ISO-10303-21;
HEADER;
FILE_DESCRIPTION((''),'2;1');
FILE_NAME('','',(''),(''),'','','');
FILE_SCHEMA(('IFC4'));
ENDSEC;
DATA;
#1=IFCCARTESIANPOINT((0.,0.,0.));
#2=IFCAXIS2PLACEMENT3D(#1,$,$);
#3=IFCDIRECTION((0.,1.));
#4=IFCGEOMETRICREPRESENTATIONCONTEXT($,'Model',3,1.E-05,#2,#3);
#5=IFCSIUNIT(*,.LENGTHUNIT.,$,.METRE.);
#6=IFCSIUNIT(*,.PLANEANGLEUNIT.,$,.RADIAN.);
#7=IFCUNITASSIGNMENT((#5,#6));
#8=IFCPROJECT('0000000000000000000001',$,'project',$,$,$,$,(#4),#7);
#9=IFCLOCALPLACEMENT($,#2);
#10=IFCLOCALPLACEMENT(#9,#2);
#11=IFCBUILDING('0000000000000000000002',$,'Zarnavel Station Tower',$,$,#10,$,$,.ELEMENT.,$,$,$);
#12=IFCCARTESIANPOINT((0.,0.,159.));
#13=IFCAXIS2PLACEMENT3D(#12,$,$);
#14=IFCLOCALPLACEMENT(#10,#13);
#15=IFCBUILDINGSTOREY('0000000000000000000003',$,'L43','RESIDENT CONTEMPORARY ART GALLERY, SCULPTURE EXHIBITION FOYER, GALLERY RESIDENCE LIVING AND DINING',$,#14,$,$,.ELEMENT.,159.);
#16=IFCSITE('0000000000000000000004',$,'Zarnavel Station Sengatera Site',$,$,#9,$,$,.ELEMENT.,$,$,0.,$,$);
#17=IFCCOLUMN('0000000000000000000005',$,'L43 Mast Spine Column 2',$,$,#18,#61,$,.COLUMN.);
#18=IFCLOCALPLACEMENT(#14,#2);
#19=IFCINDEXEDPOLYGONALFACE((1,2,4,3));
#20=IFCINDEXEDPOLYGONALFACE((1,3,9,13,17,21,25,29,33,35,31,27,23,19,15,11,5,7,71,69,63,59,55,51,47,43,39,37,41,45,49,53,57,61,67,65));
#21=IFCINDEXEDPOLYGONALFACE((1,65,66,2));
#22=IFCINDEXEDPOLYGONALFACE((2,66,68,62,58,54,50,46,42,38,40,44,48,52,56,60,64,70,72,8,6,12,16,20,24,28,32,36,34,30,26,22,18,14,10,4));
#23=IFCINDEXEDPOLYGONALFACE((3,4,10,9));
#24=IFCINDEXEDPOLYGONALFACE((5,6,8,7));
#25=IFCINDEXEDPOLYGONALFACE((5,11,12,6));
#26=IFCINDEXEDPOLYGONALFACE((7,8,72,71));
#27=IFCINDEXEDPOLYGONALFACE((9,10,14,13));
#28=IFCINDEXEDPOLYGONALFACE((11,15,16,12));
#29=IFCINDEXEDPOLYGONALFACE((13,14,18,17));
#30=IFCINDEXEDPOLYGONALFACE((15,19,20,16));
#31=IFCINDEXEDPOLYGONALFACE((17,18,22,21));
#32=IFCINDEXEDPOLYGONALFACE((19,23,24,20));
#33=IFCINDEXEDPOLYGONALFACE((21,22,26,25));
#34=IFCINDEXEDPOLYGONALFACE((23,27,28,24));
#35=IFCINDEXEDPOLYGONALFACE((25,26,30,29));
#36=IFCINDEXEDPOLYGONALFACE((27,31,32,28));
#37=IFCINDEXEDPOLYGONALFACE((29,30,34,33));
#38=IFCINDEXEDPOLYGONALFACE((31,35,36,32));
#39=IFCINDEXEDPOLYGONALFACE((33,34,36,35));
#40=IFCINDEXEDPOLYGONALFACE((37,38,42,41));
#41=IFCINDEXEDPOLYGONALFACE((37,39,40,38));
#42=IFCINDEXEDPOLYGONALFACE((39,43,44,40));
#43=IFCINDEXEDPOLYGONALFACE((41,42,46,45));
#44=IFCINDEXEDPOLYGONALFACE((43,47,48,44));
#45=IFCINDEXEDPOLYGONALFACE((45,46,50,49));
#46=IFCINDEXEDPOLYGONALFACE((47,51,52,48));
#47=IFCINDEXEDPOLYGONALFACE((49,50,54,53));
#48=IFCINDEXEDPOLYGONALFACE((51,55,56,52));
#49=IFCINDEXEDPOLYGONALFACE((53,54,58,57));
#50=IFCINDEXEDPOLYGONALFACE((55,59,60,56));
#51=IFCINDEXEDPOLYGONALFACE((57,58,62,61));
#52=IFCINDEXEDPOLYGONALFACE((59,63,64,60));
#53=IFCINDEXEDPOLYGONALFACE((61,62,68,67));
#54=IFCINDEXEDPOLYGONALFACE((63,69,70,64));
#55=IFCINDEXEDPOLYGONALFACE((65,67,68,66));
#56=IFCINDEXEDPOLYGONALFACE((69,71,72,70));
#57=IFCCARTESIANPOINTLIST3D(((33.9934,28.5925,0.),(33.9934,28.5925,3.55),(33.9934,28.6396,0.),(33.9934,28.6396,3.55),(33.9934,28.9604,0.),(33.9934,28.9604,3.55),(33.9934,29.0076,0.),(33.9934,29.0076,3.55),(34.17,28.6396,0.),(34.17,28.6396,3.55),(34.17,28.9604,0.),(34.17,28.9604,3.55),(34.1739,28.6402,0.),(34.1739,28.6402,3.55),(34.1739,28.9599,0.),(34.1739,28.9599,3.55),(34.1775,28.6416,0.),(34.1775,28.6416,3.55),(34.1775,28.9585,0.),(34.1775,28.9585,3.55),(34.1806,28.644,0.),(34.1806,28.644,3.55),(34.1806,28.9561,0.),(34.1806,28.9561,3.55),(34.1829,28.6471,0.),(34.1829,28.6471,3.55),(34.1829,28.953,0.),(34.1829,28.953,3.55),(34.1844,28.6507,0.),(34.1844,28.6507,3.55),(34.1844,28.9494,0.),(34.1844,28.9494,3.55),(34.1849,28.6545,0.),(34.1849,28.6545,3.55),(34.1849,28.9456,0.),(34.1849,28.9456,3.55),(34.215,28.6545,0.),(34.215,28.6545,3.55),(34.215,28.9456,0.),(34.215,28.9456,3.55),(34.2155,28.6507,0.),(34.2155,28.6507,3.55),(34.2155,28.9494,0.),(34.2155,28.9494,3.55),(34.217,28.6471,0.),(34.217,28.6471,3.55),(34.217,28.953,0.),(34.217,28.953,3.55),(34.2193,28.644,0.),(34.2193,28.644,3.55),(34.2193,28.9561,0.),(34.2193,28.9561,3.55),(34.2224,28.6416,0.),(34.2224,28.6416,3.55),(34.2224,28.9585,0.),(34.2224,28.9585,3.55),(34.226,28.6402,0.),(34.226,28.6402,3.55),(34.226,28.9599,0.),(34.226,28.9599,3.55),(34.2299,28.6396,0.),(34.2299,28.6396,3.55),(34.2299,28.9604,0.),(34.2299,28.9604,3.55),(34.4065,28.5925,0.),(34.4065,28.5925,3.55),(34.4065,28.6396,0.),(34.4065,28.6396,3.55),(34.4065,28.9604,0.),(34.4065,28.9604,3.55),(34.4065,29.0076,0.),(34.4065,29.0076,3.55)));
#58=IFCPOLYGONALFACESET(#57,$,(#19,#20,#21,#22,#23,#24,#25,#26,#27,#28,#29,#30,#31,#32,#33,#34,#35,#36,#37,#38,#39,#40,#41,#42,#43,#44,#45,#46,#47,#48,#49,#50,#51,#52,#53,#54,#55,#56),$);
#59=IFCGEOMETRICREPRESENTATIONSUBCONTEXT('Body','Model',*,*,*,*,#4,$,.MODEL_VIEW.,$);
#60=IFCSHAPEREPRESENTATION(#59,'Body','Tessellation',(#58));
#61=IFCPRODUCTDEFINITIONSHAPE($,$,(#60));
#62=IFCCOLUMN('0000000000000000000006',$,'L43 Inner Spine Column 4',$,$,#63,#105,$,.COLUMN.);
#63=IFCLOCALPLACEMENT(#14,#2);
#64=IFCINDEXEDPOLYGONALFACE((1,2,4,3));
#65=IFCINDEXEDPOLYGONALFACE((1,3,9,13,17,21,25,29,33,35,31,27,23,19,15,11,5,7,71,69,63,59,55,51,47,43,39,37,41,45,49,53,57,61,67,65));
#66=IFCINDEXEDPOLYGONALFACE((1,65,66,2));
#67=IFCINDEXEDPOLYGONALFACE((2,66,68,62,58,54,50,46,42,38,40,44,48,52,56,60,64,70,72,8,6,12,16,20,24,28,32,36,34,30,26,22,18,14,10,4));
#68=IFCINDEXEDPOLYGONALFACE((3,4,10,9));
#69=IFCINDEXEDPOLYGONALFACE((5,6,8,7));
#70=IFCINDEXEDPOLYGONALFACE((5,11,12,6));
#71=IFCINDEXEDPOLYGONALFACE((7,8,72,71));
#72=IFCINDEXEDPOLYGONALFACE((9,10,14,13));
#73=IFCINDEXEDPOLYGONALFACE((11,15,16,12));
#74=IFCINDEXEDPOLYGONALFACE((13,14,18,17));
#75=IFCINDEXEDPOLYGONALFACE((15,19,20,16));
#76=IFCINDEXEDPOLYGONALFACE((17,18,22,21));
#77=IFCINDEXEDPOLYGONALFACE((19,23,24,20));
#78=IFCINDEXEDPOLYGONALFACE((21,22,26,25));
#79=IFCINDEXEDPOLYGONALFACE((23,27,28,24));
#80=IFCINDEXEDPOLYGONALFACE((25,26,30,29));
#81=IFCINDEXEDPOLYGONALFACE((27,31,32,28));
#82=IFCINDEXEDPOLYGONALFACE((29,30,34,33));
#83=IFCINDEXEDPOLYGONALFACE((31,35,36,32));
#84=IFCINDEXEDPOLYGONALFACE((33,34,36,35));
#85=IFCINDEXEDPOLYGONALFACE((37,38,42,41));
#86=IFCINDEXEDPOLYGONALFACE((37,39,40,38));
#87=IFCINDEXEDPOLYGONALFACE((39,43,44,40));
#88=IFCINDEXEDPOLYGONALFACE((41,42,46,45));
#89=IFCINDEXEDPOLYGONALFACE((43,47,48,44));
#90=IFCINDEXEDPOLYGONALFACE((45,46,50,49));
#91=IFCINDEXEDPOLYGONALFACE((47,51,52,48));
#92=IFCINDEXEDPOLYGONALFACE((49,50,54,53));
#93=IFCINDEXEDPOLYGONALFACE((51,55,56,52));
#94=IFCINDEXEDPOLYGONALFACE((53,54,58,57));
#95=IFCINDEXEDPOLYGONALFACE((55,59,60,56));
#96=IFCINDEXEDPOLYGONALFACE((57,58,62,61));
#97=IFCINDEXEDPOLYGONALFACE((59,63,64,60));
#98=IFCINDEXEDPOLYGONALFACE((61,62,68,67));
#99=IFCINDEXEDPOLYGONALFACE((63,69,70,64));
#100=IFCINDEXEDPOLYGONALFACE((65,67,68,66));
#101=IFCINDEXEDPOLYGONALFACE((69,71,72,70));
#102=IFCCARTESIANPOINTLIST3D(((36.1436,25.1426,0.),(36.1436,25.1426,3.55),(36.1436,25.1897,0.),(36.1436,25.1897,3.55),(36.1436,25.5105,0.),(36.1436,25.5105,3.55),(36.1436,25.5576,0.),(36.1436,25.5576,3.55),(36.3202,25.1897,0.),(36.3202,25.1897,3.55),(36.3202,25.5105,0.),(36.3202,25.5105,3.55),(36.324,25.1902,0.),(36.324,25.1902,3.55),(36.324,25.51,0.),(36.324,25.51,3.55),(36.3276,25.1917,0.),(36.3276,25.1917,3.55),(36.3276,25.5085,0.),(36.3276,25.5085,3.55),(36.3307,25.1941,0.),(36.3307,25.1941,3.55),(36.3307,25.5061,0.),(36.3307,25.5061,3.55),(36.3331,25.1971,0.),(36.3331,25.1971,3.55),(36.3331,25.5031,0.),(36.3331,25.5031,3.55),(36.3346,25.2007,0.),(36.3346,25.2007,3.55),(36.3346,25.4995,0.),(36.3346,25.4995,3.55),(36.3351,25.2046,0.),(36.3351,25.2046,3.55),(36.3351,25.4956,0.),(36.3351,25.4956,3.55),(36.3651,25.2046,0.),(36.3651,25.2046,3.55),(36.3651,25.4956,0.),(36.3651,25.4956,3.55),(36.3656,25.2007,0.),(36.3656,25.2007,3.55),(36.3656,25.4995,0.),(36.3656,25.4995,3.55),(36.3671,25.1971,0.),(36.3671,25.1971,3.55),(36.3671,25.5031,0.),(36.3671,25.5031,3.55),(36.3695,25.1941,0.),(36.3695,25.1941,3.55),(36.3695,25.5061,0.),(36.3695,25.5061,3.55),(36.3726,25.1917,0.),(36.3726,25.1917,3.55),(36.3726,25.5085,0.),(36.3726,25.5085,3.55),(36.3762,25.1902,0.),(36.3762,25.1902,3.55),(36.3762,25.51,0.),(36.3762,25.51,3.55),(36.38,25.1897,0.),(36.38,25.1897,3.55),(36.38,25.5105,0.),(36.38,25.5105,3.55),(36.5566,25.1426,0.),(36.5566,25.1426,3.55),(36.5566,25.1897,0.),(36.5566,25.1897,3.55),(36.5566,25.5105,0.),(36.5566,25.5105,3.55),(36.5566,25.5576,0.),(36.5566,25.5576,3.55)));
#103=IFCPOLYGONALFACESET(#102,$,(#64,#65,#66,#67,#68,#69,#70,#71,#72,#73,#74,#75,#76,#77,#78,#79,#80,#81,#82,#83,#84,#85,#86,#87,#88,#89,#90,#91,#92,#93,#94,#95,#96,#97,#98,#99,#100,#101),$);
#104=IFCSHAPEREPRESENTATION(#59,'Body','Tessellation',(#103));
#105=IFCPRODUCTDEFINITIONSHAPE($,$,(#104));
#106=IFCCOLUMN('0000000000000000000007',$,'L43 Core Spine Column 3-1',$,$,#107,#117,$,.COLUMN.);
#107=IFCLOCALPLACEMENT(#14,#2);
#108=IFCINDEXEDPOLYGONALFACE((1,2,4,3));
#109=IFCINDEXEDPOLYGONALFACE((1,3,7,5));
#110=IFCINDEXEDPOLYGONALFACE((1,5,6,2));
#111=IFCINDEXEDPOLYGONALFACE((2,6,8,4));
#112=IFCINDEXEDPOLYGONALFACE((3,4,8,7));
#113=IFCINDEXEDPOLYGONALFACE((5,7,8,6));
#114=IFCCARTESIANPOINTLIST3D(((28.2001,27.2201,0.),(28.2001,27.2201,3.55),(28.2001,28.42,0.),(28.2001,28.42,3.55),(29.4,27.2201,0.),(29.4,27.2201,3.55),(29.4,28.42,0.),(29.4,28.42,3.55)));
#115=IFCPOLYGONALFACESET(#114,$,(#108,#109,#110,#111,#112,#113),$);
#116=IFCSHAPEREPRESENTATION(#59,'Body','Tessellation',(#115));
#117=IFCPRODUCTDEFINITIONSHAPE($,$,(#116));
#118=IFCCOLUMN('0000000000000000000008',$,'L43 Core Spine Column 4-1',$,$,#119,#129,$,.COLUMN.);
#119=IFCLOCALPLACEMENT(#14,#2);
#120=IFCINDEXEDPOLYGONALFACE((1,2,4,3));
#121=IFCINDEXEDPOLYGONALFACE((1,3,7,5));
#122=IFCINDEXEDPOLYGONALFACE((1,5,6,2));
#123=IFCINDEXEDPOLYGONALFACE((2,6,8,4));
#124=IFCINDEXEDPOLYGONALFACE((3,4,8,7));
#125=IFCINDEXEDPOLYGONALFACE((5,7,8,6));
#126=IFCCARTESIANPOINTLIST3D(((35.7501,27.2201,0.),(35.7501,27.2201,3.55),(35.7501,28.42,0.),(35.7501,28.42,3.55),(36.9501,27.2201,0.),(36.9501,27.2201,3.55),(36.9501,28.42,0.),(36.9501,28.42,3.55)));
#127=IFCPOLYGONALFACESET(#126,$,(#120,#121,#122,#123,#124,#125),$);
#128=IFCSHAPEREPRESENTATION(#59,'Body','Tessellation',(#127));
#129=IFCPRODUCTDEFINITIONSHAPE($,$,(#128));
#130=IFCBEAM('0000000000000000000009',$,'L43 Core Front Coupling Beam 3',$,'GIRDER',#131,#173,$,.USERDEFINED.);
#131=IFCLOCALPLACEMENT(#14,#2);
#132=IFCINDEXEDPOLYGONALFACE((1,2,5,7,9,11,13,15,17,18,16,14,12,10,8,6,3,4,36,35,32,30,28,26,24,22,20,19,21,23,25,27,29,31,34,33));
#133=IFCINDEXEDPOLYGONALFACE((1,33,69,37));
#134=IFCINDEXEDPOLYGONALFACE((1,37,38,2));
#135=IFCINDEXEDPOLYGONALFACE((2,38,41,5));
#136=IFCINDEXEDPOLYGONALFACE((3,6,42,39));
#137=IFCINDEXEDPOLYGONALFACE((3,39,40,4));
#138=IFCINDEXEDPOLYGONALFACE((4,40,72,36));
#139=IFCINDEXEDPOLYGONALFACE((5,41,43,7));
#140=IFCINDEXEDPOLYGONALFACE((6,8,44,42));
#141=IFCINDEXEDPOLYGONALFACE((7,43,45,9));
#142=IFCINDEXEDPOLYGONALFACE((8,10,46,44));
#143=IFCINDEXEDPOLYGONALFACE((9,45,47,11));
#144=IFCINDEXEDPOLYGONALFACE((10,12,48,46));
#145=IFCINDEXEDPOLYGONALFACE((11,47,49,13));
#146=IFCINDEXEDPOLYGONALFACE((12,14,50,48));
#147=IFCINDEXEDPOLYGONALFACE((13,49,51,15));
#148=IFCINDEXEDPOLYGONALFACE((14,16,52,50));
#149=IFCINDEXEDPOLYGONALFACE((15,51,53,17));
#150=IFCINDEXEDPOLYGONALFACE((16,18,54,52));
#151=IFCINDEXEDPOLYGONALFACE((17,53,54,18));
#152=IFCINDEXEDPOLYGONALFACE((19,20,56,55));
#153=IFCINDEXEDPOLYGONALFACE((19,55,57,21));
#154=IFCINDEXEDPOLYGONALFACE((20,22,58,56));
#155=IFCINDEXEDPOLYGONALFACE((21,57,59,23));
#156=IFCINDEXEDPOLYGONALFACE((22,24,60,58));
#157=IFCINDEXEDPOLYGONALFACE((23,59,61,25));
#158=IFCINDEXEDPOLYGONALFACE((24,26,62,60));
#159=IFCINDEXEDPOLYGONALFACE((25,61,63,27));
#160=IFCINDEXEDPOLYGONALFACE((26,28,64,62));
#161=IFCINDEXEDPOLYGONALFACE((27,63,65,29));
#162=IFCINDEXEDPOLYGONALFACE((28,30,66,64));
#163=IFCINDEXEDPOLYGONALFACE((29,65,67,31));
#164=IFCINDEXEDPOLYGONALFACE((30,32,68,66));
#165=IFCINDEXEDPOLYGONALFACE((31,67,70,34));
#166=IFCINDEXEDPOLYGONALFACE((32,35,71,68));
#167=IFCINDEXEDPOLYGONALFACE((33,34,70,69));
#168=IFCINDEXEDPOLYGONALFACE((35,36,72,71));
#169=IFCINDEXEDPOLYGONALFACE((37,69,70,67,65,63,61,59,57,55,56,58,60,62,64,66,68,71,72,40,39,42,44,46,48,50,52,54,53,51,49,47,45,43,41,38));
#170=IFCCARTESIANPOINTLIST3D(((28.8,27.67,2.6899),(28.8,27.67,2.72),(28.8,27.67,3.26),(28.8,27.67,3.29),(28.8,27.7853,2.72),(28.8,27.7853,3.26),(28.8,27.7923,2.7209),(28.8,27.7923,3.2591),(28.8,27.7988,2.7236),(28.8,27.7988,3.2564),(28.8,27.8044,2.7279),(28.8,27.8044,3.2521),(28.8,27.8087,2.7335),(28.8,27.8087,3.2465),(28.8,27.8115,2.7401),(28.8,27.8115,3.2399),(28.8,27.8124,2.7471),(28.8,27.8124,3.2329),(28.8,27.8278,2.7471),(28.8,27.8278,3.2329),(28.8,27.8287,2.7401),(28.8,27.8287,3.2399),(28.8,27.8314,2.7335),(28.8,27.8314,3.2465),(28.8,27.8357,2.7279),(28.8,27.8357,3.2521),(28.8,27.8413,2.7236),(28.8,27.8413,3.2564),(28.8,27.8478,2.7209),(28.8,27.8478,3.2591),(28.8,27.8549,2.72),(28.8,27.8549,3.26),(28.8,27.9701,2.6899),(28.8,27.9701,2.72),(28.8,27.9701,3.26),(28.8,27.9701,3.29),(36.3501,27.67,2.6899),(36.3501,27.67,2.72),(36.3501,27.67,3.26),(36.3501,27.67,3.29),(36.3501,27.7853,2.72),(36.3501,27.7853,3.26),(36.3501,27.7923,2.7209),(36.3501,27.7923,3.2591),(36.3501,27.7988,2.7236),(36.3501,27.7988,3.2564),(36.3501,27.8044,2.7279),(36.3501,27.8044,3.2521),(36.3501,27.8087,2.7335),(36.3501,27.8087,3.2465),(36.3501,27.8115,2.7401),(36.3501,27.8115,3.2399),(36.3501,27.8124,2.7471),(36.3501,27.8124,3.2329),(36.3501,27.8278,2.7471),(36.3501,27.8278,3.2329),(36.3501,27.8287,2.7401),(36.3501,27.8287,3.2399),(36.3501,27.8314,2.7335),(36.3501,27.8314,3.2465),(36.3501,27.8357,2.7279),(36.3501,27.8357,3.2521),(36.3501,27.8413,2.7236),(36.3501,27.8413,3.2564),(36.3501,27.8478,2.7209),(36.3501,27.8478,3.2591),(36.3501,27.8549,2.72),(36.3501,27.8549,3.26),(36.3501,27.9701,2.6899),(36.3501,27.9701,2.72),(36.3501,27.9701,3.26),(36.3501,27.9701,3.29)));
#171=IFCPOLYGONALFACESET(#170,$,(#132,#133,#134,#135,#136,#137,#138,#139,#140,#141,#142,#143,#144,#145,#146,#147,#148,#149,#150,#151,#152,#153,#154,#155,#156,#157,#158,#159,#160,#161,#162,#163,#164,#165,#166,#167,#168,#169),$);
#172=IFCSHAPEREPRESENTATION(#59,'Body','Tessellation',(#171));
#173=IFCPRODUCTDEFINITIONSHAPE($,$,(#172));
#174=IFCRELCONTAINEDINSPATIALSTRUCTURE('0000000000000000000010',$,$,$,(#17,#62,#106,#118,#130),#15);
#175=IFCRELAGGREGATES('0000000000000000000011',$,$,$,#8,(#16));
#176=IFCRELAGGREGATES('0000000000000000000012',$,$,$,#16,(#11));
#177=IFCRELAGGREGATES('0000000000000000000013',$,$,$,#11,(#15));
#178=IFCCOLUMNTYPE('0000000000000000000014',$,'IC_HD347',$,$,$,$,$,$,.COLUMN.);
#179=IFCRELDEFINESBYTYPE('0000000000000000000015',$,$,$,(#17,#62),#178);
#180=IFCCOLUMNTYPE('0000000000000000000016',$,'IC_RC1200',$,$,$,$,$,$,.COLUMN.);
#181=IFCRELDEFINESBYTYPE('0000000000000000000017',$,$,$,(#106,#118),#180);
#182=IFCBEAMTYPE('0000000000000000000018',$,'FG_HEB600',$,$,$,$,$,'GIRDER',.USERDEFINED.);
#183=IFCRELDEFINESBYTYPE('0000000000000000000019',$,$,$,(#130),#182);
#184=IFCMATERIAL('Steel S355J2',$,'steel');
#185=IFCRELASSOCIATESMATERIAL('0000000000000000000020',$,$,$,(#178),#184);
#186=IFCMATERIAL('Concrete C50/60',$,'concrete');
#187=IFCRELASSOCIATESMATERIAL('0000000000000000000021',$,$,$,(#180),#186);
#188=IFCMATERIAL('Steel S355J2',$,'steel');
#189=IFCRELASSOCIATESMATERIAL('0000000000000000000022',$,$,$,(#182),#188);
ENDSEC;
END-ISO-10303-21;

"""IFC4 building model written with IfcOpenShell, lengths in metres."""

from ifc_helpers import new_model, si_unit, direction, frame, origin, origin_2d, place, context, subcontext, project, spatial, rectangle, i_section, extrude, material, material_profile, profile_set, type_object, element, save


model = new_model("IFC4")

# Units and contexts
model_context = context("Model", 3, precision=1e-05, world=origin(), true_north=direction((0.0, 1.0)))
body_context = subcontext(model_context, "Body", "Model", "MODEL_VIEW")
ifc_project = project(units=[si_unit("LENGTHUNIT", "METRE"), si_unit("PLANEANGLEUNIT", "RADIAN")], contexts=[model_context])

# Site, building, storey
site_placement = place(None, origin())
site = spatial("IfcSite", under=ifc_project, at=site_placement, Name="Zarnavel Station Sengatera Site", CompositionType="ELEMENT", RefElevation=0.0)
building_placement = place(site_placement, origin())
building = spatial("IfcBuilding", under=site, at=building_placement, Name="Zarnavel Station Tower", CompositionType="ELEMENT")
storey_placement = place(building_placement, frame((0.0, 0.0, 159.0)))
storey = spatial("IfcBuildingStorey", under=building, at=storey_placement, Name="L43", Description="RESIDENT CONTEMPORARY ART GALLERY, SCULPTURE EXHIBITION FOYER, GALLERY RESIDENCE LIVING AND DINING", CompositionType="ELEMENT", Elevation=159.0)

# Columns
ifc_material_1 = material(Name="Steel S355J2", Category="steel")
ifc_material_profile_1 = material_profile(ifc_material_1, i_section(OverallWidth=0.4131, OverallDepth=0.415, WebThickness=0.03, FlangeThickness=0.0471, FilletRadius=0.0149, at=origin_2d()), Name="HD400x347")
ifc_profile_set_1 = profile_set([ifc_material_profile_1], Name="Steel S355J2")
column_type_1 = type_object("IfcColumnType", Name="IC_HD347", PredefinedType="COLUMN", material=ifc_profile_set_1)
for number, where, z_axis, x_axis, name in (
    (1, (34.2, 28.8, 0.0), (0.0, 0.0, 1.0), (1.0, 0.0, 0.0), "L43 Mast Spine Column 2"),
    (2, (36.3501, 25.3501, 0.0), (0.0, 0.0, 1.0), (1.0, 0.0, 0.0), "L43 Inner Spine Column 4"),
):
    element("IfcColumn", number, at=place(storey_placement, frame(where, z_axis=z_axis, x_axis=x_axis)), inside=storey, type_object=column_type_1, Name=name, PredefinedType="COLUMN", context=body_context, shape_type="SweptSolid", body=[
        extrude(i_section(OverallWidth=0.4131, OverallDepth=0.415, WebThickness=0.03, FlangeThickness=0.0471, FilletRadius=0.0149, at=origin_2d()), origin(), (0.0, 0.0, 1.0), 3.55),
    ])
ifc_material_2 = material(Name="Concrete C50/60", Category="concrete")
ifc_material_profile_2 = material_profile(ifc_material_2, rectangle(XDim=1.2, YDim=1.2, at=origin_2d()), Name="RC1200x1200")
ifc_profile_set_2 = profile_set([ifc_material_profile_2], Name="Concrete C50/60")
column_type_2 = type_object("IfcColumnType", Name="IC_RC1200", PredefinedType="COLUMN", material=ifc_profile_set_2)
for number, where, z_axis, x_axis, name in (
    (3, (28.8, 27.8201, 0.0), (0.0, 0.0, 1.0), (1.0, 0.0, 0.0), "L43 Core Spine Column 3-1"),
    (4, (36.3501, 27.8201, 0.0), (0.0, 0.0, 1.0), (1.0, 0.0, 0.0), "L43 Core Spine Column 4-1"),
):
    element("IfcColumn", number, at=place(storey_placement, frame(where, z_axis=z_axis, x_axis=x_axis)), inside=storey, type_object=column_type_2, Name=name, PredefinedType="COLUMN", context=body_context, shape_type="SweptSolid", body=[
        extrude(rectangle(XDim=1.2, YDim=1.2, at=origin_2d()), origin(), (0.0, 0.0, 1.0), 3.55),
    ])

# Beam
ifc_material_3 = material(Name="Steel S355J2", Category="steel")
ifc_material_profile_3 = material_profile(ifc_material_3, i_section(OverallWidth=0.3, OverallDepth=0.6001, WebThickness=0.0154, FlangeThickness=0.03, FilletRadius=0.0271, at=origin_2d()), Name="HEB600")
ifc_profile_set_3 = profile_set([ifc_material_profile_3], Name="Steel S355J2")
beam_type_1 = type_object("IfcBeamType", Name="FG_HEB600", ElementType="GIRDER", PredefinedType="USERDEFINED", material=ifc_profile_set_3)
beam_1_placement = place(storey_placement, frame((28.8, 27.8201, 2.99), z_axis=(1.0, 0.0, 0.0), x_axis=(0.0, 1.0, 0.0)))
element("IfcBeam", 5, at=beam_1_placement, inside=storey, type_object=beam_type_1, Name="L43 Core Front Coupling Beam 3", ObjectType="GIRDER", PredefinedType="USERDEFINED", context=body_context, shape_type="SweptSolid", body=[
    extrude(i_section(OverallWidth=0.3, OverallDepth=0.6001, WebThickness=0.0154, FlangeThickness=0.03, FilletRadius=0.0271, at=origin_2d()), origin(), (0.0, 0.0, 1.0), 7.55),
])

save(model, "model.ifc")
